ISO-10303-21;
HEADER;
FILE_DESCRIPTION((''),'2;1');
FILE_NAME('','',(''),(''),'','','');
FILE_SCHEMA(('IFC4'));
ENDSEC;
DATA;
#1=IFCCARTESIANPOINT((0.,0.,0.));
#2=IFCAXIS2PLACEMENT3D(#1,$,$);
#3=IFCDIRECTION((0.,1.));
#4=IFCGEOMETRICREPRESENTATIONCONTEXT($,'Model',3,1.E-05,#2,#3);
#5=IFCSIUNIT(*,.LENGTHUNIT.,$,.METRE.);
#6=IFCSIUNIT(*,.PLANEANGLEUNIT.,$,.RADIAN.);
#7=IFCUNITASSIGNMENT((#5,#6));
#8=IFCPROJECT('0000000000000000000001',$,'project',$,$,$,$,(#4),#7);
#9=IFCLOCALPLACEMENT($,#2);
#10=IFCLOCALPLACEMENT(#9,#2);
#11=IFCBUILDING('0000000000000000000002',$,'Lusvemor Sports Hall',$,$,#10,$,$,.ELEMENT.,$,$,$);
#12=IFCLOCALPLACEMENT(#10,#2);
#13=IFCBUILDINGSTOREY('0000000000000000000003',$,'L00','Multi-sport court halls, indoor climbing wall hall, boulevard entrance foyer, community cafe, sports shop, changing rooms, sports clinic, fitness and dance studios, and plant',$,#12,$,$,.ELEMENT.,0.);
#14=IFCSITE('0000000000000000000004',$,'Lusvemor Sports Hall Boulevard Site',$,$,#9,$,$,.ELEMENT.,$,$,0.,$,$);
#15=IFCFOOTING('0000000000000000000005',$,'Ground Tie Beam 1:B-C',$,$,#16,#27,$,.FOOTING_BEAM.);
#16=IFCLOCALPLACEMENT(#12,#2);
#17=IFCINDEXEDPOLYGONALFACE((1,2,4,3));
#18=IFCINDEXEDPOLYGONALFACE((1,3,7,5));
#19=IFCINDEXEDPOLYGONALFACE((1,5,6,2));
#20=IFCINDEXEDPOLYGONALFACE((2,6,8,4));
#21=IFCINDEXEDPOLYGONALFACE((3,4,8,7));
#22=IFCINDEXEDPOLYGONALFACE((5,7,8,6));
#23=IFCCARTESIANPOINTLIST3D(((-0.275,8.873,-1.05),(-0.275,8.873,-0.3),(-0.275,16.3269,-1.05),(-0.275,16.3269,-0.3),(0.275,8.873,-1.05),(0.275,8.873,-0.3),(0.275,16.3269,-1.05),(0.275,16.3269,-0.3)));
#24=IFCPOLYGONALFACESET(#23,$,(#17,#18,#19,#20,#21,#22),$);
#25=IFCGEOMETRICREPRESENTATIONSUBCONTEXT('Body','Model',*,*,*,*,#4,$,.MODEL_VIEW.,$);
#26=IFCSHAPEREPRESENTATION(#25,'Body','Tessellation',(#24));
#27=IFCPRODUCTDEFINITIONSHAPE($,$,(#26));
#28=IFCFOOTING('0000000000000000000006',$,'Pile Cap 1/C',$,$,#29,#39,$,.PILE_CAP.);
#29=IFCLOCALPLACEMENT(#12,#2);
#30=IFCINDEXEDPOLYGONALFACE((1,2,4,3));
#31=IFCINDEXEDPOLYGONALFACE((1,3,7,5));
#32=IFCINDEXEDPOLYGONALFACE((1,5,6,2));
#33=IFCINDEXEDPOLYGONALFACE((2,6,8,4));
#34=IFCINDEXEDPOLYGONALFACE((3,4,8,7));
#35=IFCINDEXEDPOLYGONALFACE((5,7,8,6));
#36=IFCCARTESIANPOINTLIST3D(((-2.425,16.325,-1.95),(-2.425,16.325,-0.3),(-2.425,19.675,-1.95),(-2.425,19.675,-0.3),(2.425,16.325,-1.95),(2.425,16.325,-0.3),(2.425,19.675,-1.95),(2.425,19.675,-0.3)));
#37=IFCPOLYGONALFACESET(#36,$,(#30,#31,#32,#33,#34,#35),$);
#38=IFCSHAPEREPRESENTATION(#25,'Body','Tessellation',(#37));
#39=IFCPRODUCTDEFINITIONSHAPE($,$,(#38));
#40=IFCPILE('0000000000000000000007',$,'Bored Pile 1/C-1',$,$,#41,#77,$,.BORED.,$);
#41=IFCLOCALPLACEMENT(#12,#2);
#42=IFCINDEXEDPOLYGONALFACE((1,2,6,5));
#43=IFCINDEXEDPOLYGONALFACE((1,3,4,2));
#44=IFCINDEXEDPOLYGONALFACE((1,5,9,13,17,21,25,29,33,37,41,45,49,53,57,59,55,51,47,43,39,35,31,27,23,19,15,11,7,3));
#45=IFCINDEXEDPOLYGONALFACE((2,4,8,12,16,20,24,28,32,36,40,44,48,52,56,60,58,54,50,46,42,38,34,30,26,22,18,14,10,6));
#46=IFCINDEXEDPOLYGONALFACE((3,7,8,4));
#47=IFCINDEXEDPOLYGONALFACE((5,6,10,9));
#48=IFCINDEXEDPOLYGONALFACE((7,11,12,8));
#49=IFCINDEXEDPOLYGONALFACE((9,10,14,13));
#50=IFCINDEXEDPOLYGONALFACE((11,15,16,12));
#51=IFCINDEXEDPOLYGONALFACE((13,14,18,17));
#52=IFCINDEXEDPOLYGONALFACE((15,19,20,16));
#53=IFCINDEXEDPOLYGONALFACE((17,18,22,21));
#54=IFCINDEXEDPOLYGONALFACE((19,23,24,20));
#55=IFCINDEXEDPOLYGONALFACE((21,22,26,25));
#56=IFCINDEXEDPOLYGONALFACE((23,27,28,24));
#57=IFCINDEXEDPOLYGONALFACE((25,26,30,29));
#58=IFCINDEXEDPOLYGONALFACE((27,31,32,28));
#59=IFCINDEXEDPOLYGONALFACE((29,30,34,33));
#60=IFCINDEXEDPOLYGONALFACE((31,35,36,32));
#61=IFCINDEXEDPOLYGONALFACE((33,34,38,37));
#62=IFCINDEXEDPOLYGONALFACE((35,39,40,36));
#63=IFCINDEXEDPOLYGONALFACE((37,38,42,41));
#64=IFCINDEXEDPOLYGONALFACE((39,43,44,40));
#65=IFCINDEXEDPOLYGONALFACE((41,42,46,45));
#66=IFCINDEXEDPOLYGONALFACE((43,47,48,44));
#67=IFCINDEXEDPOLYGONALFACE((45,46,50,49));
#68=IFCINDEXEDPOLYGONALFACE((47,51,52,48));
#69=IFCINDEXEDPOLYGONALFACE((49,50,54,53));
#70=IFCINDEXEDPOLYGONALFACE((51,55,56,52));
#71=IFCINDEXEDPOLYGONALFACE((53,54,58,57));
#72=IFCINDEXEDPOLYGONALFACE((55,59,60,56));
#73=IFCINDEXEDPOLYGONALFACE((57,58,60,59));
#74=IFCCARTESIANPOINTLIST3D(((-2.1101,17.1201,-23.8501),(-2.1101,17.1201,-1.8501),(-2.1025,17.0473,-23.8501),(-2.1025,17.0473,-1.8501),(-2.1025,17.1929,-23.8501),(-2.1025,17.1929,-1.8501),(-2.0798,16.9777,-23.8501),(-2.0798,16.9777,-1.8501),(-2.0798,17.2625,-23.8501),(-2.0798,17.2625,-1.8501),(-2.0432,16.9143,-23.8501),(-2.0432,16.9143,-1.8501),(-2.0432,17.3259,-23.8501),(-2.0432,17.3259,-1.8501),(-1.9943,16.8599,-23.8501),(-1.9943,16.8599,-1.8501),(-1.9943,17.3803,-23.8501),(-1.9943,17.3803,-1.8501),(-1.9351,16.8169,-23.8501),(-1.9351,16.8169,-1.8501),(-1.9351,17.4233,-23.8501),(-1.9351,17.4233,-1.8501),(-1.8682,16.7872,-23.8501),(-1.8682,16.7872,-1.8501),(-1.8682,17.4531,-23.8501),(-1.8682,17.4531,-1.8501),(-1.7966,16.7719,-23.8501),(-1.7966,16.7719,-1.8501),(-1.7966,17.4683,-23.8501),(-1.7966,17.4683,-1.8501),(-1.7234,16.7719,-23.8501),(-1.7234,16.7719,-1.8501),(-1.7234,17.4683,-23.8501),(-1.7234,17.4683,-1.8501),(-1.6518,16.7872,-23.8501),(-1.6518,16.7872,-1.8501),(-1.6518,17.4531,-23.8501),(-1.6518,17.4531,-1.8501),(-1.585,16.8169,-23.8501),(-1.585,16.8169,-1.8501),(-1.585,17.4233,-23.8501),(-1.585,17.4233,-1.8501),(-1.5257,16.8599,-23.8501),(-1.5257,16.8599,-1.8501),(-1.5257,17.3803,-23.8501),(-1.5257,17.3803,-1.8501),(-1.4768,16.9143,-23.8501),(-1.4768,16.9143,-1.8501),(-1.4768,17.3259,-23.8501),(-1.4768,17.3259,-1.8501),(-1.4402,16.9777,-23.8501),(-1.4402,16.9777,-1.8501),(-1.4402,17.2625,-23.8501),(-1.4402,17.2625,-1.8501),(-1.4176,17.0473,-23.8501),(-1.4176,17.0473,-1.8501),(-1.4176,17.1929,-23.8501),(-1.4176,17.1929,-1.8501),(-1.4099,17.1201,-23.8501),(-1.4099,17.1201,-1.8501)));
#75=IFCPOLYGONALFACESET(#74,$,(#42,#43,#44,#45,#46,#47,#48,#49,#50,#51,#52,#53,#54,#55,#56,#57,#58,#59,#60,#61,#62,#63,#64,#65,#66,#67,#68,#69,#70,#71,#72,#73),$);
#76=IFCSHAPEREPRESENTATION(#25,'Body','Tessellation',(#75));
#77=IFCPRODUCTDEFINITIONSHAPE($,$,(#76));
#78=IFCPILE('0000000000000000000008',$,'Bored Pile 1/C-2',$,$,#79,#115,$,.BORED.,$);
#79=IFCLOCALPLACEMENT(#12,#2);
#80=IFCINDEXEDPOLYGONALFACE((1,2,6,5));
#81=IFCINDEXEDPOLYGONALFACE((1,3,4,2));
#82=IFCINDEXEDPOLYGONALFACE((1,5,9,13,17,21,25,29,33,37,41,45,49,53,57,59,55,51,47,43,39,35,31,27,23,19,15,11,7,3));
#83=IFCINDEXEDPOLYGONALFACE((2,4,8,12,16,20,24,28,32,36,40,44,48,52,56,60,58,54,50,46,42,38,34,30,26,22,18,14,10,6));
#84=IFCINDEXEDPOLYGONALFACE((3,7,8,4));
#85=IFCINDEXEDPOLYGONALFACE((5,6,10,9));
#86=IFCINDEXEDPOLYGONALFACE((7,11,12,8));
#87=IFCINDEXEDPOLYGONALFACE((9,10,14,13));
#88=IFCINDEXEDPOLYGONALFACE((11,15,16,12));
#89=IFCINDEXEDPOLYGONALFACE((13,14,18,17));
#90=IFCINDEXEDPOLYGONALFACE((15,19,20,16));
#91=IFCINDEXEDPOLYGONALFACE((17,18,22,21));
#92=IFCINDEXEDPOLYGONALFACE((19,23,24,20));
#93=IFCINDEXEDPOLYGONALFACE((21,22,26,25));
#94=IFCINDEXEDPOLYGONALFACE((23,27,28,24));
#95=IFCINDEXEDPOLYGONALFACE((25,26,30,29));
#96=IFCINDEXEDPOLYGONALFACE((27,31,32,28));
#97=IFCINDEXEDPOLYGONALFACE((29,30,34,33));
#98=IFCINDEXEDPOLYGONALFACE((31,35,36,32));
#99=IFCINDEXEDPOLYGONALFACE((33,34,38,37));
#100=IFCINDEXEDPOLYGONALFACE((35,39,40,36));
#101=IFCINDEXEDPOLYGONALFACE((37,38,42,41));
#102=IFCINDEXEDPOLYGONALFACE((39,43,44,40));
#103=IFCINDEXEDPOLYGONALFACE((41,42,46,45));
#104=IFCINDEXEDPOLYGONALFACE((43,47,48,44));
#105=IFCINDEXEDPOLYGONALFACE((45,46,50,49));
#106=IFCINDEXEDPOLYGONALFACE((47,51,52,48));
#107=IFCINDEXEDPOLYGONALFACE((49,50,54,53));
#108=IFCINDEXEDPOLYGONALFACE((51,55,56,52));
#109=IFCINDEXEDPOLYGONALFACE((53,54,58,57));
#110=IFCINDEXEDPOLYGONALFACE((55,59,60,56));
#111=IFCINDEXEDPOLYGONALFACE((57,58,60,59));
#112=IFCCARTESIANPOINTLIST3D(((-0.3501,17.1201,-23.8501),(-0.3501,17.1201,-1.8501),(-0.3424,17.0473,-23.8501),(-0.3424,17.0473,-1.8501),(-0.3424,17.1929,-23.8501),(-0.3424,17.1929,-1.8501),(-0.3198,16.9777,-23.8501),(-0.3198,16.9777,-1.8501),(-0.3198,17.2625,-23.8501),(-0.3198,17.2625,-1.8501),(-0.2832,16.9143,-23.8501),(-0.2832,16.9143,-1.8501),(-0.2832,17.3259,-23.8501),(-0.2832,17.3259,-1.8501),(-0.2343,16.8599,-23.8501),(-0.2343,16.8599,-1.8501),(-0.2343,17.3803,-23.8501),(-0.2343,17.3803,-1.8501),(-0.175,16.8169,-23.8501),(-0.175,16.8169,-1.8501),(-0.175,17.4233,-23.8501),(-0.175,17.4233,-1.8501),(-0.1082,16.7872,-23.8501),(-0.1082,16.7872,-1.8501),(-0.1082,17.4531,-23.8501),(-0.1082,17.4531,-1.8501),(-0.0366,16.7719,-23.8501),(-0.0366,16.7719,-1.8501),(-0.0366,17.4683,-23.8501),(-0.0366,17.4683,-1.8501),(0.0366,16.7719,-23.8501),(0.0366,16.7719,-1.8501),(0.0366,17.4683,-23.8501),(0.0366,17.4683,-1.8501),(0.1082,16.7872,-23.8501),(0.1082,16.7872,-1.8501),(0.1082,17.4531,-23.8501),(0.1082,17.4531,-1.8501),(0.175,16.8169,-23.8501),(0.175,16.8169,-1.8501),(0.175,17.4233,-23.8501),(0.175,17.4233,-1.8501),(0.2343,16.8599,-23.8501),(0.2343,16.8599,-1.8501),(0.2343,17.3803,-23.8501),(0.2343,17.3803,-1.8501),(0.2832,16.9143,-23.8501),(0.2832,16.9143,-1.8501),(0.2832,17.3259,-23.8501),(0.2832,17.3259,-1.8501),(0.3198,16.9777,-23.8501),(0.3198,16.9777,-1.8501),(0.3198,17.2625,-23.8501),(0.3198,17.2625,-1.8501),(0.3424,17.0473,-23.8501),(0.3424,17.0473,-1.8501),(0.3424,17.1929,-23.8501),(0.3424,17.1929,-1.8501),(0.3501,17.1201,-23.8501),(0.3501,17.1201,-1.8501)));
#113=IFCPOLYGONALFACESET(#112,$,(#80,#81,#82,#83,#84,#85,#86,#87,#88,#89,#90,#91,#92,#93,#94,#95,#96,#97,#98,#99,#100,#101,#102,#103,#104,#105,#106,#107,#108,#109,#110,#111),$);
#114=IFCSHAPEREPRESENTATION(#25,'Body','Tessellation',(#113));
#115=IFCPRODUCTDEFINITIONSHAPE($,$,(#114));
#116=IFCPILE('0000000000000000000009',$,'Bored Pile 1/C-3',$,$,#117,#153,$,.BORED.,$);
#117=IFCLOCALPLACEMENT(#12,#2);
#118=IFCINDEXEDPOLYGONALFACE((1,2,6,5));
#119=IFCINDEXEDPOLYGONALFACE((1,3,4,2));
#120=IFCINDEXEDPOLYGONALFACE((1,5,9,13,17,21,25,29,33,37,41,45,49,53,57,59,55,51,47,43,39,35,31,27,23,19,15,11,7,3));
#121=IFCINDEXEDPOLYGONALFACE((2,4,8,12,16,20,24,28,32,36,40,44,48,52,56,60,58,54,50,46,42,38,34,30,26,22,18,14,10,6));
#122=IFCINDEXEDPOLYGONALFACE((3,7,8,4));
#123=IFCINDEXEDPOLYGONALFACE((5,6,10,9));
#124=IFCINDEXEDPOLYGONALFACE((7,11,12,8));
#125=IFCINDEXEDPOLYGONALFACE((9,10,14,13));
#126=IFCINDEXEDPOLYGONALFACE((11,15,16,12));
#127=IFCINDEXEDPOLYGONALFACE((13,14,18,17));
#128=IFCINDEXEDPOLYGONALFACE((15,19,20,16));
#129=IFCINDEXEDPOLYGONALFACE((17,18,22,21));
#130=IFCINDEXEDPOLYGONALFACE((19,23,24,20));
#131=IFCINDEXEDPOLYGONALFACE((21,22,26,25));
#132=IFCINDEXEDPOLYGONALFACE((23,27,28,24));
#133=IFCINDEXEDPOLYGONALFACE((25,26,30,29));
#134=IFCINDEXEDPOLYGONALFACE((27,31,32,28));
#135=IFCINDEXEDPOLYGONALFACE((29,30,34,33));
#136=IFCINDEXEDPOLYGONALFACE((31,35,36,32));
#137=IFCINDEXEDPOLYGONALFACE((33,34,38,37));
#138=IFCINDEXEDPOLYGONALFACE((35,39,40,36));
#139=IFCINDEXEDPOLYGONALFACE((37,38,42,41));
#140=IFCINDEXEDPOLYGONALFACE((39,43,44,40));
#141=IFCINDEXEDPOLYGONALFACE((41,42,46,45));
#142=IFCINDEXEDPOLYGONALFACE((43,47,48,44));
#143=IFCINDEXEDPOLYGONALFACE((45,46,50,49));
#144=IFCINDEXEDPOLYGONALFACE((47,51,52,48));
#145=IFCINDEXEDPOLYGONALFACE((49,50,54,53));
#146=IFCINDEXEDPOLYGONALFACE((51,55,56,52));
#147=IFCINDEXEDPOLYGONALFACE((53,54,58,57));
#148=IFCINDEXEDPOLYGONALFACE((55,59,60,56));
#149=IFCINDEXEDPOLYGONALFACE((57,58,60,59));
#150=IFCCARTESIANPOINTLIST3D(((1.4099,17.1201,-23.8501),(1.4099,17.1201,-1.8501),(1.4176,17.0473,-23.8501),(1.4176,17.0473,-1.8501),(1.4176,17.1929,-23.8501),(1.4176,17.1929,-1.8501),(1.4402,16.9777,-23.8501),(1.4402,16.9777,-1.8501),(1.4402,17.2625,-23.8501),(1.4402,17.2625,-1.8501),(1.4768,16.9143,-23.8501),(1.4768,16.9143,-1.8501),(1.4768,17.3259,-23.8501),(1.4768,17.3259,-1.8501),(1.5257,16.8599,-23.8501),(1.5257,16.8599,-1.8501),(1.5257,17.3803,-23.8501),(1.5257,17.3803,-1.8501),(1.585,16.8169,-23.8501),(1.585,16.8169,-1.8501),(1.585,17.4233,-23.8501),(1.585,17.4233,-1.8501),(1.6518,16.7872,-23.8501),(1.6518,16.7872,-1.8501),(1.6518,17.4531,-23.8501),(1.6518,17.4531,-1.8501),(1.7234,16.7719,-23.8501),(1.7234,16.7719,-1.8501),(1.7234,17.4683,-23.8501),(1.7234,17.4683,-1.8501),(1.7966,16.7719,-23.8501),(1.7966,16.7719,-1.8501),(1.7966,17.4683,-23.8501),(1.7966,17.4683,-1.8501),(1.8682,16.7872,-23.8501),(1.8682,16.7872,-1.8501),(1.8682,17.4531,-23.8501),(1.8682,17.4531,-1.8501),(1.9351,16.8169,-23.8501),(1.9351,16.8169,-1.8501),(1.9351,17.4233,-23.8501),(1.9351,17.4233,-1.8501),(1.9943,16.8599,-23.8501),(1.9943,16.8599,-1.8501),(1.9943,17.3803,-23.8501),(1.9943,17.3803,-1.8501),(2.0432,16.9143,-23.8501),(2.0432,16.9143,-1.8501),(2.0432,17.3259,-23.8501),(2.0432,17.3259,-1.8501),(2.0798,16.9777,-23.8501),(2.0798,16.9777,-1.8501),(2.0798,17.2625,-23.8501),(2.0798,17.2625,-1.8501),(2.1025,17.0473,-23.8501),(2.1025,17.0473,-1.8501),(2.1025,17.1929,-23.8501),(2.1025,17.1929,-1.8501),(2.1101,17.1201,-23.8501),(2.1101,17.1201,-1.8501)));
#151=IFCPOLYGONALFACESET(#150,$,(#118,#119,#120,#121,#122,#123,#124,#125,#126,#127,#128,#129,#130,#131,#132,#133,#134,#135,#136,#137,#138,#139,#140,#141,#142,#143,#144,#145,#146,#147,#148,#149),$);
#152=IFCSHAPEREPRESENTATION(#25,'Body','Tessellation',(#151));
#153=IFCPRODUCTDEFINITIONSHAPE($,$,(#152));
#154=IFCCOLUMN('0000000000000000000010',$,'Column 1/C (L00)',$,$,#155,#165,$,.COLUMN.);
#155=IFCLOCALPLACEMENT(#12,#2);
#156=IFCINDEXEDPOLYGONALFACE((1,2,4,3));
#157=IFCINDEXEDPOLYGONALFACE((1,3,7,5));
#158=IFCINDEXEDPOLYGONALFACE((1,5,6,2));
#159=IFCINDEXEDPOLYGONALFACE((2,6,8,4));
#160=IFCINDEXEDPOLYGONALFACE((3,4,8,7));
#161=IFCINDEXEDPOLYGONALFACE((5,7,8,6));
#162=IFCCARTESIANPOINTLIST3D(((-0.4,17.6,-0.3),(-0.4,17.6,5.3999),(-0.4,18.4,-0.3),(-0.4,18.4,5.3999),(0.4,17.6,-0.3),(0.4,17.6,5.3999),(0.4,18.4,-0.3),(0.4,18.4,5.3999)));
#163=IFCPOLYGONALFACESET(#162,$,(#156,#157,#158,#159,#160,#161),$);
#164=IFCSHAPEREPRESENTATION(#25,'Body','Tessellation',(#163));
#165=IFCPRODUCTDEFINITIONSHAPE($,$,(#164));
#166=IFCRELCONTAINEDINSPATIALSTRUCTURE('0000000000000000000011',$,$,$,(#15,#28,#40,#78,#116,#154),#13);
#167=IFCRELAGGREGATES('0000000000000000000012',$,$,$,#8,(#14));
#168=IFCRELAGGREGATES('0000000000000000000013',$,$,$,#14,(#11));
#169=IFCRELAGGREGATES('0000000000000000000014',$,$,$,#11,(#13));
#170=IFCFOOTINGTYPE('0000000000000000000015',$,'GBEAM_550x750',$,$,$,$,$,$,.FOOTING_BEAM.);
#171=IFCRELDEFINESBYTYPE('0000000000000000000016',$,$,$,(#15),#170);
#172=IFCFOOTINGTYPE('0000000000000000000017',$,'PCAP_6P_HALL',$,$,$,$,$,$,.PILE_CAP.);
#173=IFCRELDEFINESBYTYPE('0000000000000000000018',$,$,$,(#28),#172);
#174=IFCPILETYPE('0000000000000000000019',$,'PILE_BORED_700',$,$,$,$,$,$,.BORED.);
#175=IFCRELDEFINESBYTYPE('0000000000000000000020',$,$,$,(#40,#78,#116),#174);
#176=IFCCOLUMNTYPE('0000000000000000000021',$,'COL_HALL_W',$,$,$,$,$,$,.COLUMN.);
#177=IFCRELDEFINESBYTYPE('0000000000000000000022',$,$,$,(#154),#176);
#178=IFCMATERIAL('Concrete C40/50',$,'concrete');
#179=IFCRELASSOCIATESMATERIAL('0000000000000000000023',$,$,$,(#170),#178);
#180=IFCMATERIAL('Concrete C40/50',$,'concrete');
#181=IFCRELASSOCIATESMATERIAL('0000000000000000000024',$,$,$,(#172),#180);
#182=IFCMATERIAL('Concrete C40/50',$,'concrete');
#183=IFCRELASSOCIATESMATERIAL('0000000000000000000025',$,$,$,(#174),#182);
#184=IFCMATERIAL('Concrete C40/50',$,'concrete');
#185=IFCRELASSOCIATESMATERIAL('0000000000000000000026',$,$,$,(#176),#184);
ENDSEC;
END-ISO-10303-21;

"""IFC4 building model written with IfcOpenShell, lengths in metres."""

from ifc_helpers import new_model, si_unit, direction, frame, origin, origin_2d, place, context, subcontext, project, spatial, rectangle, circle, extrude, material, material_profile, profile_set, type_object, element, save


model = new_model("IFC4")

# Units and contexts
model_context = context("Model", 3, precision=1e-05, world=origin(), true_north=direction((0.0, 1.0)))
body_context = subcontext(model_context, "Body", "Model", "MODEL_VIEW")
ifc_project = project(units=[si_unit("LENGTHUNIT", "METRE"), si_unit("PLANEANGLEUNIT", "RADIAN")], contexts=[model_context])

# Site, building, storey
site_placement = place(None, origin())
site = spatial("IfcSite", under=ifc_project, at=site_placement, Name="Lusvemor Sports Hall Boulevard Site", CompositionType="ELEMENT", RefElevation=0.0)
building_placement = place(site_placement, origin())
building = spatial("IfcBuilding", under=site, at=building_placement, Name="Lusvemor Sports Hall", CompositionType="ELEMENT")
storey_placement = place(building_placement, origin())
storey = spatial("IfcBuildingStorey", under=building, at=storey_placement, Name="L00", Description="Multi-sport court halls, indoor climbing wall hall, boulevard entrance foyer, community cafe, sports shop, changing rooms, sports clinic, fitness and dance studios, and plant", CompositionType="ELEMENT", Elevation=0.0)

# Footings
ifc_material_1 = material(Name="Concrete C40/50", Category="concrete")
ifc_material_profile_1 = material_profile(ifc_material_1, rectangle(XDim=0.55, YDim=0.75, at=origin_2d()), Name="GB_550x750")
ifc_profile_set_1 = profile_set([ifc_material_profile_1], Name="Concrete C40/50")
footing_type_1 = type_object("IfcFootingType", Name="GBEAM_550x750", PredefinedType="FOOTING_BEAM", material=ifc_profile_set_1)
footing_1_placement = place(storey_placement, frame((0.0, 8.873, -0.675), z_axis=(0.0, 1.0, 0.0), x_axis=(-1.0, 0.0, 0.0)))
element("IfcFooting", 1, at=footing_1_placement, inside=storey, type_object=footing_type_1, Name="Ground Tie Beam 1:B-C", PredefinedType="FOOTING_BEAM", context=body_context, shape_type="SweptSolid", body=[
    extrude(rectangle(XDim=0.55, YDim=0.75, at=origin_2d()), origin(), (0.0, 0.0, 1.0), 7.4539),
])
ifc_material_2 = material(Name="Concrete C40/50", Category="concrete")
footing_type_2 = type_object("IfcFootingType", Name="PCAP_6P_HALL", PredefinedType="PILE_CAP", material=ifc_material_2)
footing_2_placement = place(storey_placement, frame((0.0, 18.0, -1.95), z_axis=(0.0, 0.0, 1.0), x_axis=(1.0, 0.0, 0.0)))
element("IfcFooting", 2, at=footing_2_placement, inside=storey, type_object=footing_type_2, Name="Pile Cap 1/C", PredefinedType="PILE_CAP", context=body_context, shape_type="SweptSolid", body=[
    extrude(rectangle(XDim=4.8501, YDim=3.3501, at=origin_2d()), origin(), (0.0, 0.0, 1.0), 1.6499),
])

# Piles
ifc_material_3 = material(Name="Concrete C40/50", Category="concrete")
ifc_material_profile_2 = material_profile(ifc_material_3, circle(Radius=0.3501, at=origin_2d()), Name="PILE700")
ifc_profile_set_2 = profile_set([ifc_material_profile_2], Name="Concrete C40/50")
pile_type = type_object("IfcPileType", Name="PILE_BORED_700", PredefinedType="BORED", material=ifc_profile_set_2)
for number, where, z_axis, x_axis, name in (
    (3, (-1.76, 17.1201, -1.8501), (0.0, 0.0, -1.0), (1.0, 0.0, 0.0), "Bored Pile 1/C-1"),
    (4, (0.0, 17.1201, -1.8501), (0.0, 0.0, -1.0), (1.0, 0.0, 0.0), "Bored Pile 1/C-2"),
    (5, (1.76, 17.1201, -1.8501), (0.0, 0.0, -1.0), (1.0, 0.0, 0.0), "Bored Pile 1/C-3"),
):
    element("IfcPile", number, at=place(storey_placement, frame(where, z_axis=z_axis, x_axis=x_axis)), inside=storey, type_object=pile_type, Name=name, PredefinedType="BORED", context=body_context, shape_type="SweptSolid", body=[
        extrude(circle(Radius=0.3501, at=origin_2d()), origin(), (0.0, 0.0, 1.0), 22.0),
    ])

# Column
ifc_material_4 = material(Name="Concrete C40/50", Category="concrete")
ifc_material_profile_3 = material_profile(ifc_material_4, rectangle(XDim=0.8, YDim=0.8, at=origin_2d()), Name="RC800x800")
ifc_profile_set_3 = profile_set([ifc_material_profile_3], Name="Concrete C40/50")
column_type_1 = type_object("IfcColumnType", Name="COL_HALL_W", PredefinedType="COLUMN", material=ifc_profile_set_3)
column_placement = place(storey_placement, frame((0.0, 18.0, -0.3), z_axis=(0.0, 0.0, 1.0), x_axis=(1.0, 0.0, 0.0)))
element("IfcColumn", 6, at=column_placement, inside=storey, type_object=column_type_1, Name="Column 1/C (L00)", PredefinedType="COLUMN", context=body_context, shape_type="SweptSolid", body=[
    extrude(rectangle(XDim=0.8, YDim=0.8, at=origin_2d()), origin(), (0.0, 0.0, 1.0), 5.7),
])

save(model, "model.ifc")
